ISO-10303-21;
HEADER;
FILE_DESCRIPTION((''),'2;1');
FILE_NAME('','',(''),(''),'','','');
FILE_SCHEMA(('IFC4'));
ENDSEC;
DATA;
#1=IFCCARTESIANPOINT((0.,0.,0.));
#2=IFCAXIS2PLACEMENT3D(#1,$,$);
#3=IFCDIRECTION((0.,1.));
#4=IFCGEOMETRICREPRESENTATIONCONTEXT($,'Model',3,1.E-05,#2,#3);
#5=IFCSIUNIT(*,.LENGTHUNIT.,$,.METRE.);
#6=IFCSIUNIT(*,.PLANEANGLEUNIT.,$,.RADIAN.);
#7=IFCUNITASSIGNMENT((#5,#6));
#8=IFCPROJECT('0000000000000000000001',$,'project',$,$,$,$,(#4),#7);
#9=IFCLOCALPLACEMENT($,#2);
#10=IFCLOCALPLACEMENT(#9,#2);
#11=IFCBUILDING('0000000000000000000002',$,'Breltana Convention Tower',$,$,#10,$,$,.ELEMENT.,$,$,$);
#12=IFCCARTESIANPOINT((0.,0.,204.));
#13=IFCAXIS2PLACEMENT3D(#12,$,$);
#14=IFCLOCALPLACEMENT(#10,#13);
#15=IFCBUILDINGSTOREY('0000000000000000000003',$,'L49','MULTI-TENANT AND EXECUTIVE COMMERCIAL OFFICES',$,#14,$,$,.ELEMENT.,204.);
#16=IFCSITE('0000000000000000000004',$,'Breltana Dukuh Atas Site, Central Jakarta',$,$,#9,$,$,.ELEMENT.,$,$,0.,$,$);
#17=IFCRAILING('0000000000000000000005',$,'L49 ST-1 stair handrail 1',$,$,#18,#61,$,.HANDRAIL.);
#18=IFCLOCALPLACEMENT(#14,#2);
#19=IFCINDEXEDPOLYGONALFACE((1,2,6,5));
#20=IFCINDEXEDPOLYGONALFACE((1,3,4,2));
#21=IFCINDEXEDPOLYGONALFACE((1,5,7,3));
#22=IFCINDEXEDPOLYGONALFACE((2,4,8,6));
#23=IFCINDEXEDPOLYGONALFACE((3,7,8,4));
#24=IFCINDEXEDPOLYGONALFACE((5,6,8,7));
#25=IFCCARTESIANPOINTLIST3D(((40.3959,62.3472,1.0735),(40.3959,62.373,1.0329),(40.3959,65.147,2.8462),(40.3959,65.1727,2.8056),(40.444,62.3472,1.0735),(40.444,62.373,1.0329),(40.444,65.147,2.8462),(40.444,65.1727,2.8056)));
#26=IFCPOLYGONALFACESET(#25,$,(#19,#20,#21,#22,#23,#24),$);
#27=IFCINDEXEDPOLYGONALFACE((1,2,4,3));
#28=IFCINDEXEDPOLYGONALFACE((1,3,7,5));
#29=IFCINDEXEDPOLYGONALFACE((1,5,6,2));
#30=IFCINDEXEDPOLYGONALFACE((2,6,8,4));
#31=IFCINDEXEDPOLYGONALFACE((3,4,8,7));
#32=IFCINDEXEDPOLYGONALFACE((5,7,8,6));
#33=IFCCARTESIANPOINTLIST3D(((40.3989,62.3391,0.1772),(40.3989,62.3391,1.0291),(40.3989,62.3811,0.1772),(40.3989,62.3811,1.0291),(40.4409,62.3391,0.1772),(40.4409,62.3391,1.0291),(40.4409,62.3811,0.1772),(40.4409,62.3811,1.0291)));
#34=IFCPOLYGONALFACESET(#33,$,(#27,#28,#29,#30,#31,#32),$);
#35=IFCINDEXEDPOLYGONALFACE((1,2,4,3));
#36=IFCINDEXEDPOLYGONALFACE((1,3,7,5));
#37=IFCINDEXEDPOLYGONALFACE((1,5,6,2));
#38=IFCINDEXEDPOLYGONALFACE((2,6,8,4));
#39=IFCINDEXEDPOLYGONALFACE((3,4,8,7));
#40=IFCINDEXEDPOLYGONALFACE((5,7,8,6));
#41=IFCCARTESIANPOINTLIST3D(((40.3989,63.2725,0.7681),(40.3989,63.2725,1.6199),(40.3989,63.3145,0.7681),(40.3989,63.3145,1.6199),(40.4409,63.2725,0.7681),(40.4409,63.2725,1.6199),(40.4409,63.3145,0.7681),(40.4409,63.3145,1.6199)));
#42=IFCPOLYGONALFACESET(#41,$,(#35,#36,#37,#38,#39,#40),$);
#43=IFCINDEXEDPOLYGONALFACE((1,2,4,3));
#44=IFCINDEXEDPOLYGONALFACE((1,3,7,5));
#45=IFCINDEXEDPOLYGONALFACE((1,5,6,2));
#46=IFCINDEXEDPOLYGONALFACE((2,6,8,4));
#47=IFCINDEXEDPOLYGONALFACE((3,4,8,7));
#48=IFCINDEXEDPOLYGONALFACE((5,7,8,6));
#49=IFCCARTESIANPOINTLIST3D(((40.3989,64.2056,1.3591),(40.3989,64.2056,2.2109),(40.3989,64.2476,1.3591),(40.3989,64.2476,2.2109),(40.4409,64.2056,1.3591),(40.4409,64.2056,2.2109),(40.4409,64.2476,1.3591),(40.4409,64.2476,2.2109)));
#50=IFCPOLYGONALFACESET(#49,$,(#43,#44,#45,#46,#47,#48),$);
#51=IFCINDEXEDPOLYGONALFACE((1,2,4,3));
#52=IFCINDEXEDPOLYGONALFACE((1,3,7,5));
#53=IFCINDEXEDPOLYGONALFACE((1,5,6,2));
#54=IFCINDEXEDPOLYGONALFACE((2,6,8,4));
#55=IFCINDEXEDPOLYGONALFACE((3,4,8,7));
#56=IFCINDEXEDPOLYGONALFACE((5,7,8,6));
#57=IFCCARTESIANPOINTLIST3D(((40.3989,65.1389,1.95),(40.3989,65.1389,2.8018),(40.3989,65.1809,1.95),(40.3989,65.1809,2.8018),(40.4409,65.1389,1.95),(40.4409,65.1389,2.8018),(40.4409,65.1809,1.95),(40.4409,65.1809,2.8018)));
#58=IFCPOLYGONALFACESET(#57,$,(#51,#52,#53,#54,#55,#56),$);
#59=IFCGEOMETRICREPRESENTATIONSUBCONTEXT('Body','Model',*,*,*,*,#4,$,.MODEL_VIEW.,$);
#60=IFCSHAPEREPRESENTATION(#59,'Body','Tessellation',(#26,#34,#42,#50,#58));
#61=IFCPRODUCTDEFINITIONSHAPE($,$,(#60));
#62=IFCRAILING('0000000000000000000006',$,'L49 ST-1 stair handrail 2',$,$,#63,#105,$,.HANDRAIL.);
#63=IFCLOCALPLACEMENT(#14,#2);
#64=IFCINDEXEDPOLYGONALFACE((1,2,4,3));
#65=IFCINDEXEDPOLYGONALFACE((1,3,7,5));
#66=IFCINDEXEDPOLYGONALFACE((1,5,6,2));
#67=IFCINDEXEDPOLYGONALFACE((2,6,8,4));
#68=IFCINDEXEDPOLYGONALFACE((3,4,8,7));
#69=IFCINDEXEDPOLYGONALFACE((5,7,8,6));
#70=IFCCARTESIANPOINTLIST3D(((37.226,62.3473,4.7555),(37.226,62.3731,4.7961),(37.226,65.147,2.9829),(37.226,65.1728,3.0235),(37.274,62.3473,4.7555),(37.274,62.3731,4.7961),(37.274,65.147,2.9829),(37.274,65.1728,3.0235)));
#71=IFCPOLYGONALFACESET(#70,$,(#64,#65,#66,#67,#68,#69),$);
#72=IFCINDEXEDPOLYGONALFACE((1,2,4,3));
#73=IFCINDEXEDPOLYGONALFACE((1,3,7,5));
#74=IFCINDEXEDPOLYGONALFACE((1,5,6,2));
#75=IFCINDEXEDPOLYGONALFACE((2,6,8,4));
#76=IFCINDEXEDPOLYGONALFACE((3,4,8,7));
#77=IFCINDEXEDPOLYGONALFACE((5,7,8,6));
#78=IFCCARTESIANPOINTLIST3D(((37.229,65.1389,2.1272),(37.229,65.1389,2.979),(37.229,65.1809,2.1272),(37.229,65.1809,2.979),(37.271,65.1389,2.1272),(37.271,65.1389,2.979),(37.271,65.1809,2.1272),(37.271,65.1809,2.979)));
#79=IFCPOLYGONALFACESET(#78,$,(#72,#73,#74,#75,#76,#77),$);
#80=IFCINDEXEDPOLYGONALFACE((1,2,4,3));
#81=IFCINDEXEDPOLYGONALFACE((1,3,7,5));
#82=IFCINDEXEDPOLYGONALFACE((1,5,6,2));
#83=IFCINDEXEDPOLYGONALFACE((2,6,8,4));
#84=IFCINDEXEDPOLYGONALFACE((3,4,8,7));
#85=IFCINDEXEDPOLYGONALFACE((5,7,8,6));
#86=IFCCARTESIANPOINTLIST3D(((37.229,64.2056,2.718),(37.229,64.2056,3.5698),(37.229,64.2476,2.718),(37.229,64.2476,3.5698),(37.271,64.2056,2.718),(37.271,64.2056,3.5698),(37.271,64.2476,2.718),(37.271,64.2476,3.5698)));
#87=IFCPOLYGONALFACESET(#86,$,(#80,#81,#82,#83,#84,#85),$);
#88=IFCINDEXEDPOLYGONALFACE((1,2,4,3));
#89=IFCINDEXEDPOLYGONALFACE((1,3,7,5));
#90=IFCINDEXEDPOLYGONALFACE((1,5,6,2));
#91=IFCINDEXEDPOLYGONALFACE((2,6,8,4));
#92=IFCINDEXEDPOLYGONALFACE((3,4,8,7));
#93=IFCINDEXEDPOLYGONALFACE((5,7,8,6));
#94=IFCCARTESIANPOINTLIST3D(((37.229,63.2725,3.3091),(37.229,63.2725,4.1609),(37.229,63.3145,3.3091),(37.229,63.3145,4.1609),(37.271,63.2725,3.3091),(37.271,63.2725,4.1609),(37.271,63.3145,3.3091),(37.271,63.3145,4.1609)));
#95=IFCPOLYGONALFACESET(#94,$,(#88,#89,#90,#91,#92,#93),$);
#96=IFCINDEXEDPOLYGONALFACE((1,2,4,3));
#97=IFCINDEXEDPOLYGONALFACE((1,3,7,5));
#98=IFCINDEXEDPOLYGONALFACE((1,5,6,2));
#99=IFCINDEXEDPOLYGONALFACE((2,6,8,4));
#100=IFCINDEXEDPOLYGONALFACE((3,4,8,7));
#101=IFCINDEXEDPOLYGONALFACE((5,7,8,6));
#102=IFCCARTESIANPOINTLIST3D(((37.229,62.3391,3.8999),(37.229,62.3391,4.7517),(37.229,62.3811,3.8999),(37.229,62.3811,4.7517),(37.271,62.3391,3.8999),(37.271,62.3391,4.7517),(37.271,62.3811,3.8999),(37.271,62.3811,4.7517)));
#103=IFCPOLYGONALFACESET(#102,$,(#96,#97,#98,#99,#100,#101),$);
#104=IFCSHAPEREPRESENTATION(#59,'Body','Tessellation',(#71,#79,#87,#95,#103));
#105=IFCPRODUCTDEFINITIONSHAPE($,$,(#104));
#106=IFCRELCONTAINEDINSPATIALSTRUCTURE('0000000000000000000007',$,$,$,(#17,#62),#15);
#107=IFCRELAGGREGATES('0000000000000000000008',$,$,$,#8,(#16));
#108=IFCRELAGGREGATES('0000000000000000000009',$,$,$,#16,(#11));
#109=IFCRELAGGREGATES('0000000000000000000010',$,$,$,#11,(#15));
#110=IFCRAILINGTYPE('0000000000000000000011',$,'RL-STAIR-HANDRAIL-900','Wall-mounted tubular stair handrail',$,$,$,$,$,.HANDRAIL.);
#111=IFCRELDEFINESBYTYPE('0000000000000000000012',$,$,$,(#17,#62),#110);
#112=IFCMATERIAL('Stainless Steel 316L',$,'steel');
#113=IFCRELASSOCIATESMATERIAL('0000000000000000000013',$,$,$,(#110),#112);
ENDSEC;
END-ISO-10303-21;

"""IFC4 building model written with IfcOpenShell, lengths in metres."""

from ifc_helpers import new_model, si_unit, direction, frame, origin, origin_2d, place, context, subcontext, project, spatial, rectangle, extrude, material, type_object, element, save


model = new_model("IFC4")

# Units and contexts
model_context = context("Model", 3, precision=1e-05, world=origin(), true_north=direction((0.0, 1.0)))
body_context = subcontext(model_context, "Body", "Model", "MODEL_VIEW")
ifc_project = project(units=[si_unit("LENGTHUNIT", "METRE"), si_unit("PLANEANGLEUNIT", "RADIAN")], contexts=[model_context])

# Site, building, storey
site_placement = place(None, origin())
site = spatial("IfcSite", under=ifc_project, at=site_placement, Name="Breltana Dukuh Atas Site, Central Jakarta", CompositionType="ELEMENT", RefElevation=0.0)
building_placement = place(site_placement, origin())
building = spatial("IfcBuilding", under=site, at=building_placement, Name="Breltana Convention Tower", CompositionType="ELEMENT")
storey_placement = place(building_placement, frame((0.0, 0.0, 204.0)))
storey = spatial("IfcBuildingStorey", under=building, at=storey_placement, Name="L49", Description="MULTI-TENANT AND EXECUTIVE COMMERCIAL OFFICES", CompositionType="ELEMENT", Elevation=204.0)

# Railings
ifc_material_1 = material(Name="Stainless Steel 316L", Category="steel")
railing_type_1 = type_object("IfcRailingType", Name="RL-STAIR-HANDRAIL-900", Description="Wall-mounted tubular stair handrail", PredefinedType="HANDRAIL", material=ifc_material_1)
railing_1_placement = place(storey_placement, frame((40.4199, 62.3601, 0.1772)))
element("IfcRailing", 1, at=railing_1_placement, inside=storey, type_object=railing_type_1, Name="L49 ST-1 stair handrail 1", PredefinedType="HANDRAIL", context=body_context, shape_type="SweptSolid", body=[
    extrude(rectangle(XDim=0.0481, YDim=0.0481, at=origin_2d()), frame((0.0, 0.0, 0.876), z_axis=(0.0, 0.844888, 0.534943), x_axis=(-1.0, 0.0, 0.0)), (0.0, 0.0, 1.0), 3.3137),
    extrude(rectangle(XDim=0.042, YDim=0.042, at=origin_2d()), origin(), (0.0, 0.0, 1.0), 0.8518),
    extrude(rectangle(XDim=0.042, YDim=0.042, at=origin_2d()), frame((0.0, 0.9333, 0.5908)), (0.0, 0.0, 1.0), 0.8518),
    extrude(rectangle(XDim=0.042, YDim=0.042, at=origin_2d()), frame((0.0, 1.8665, 1.1819)), (0.0, 0.0, 1.0), 0.8518),
    extrude(rectangle(XDim=0.042, YDim=0.042, at=origin_2d()), frame((0.0, 2.7998, 1.7727)), (0.0, 0.0, 1.0), 0.8518),
])
railing_2_placement = place(storey_placement, frame((37.25, 65.1599, 2.1272)))
element("IfcRailing", 2, at=railing_2_placement, inside=storey, type_object=railing_type_1, Name="L49 ST-1 stair handrail 2", PredefinedType="HANDRAIL", context=body_context, shape_type="SweptSolid", body=[
    extrude(rectangle(XDim=0.0481, YDim=0.0481, at=origin_2d()), frame((0.0, 0.0, 0.876), z_axis=(0.0, -0.844888, 0.534943), x_axis=(1.0, 0.0, 0.0)), (0.0, 0.0, 1.0), 3.3137),
    extrude(rectangle(XDim=0.042, YDim=0.042, at=origin_2d()), origin(), (0.0, 0.0, 1.0), 0.8518),
    extrude(rectangle(XDim=0.042, YDim=0.042, at=origin_2d()), frame((0.0, -0.9333, 0.5908)), (0.0, 0.0, 1.0), 0.8518),
    extrude(rectangle(XDim=0.042, YDim=0.042, at=origin_2d()), frame((0.0, -1.8665, 1.1819)), (0.0, 0.0, 1.0), 0.8518),
    extrude(rectangle(XDim=0.042, YDim=0.042, at=origin_2d()), frame((0.0, -2.7998, 1.7727)), (0.0, 0.0, 1.0), 0.8518),
])

save(model, "model.ifc")
